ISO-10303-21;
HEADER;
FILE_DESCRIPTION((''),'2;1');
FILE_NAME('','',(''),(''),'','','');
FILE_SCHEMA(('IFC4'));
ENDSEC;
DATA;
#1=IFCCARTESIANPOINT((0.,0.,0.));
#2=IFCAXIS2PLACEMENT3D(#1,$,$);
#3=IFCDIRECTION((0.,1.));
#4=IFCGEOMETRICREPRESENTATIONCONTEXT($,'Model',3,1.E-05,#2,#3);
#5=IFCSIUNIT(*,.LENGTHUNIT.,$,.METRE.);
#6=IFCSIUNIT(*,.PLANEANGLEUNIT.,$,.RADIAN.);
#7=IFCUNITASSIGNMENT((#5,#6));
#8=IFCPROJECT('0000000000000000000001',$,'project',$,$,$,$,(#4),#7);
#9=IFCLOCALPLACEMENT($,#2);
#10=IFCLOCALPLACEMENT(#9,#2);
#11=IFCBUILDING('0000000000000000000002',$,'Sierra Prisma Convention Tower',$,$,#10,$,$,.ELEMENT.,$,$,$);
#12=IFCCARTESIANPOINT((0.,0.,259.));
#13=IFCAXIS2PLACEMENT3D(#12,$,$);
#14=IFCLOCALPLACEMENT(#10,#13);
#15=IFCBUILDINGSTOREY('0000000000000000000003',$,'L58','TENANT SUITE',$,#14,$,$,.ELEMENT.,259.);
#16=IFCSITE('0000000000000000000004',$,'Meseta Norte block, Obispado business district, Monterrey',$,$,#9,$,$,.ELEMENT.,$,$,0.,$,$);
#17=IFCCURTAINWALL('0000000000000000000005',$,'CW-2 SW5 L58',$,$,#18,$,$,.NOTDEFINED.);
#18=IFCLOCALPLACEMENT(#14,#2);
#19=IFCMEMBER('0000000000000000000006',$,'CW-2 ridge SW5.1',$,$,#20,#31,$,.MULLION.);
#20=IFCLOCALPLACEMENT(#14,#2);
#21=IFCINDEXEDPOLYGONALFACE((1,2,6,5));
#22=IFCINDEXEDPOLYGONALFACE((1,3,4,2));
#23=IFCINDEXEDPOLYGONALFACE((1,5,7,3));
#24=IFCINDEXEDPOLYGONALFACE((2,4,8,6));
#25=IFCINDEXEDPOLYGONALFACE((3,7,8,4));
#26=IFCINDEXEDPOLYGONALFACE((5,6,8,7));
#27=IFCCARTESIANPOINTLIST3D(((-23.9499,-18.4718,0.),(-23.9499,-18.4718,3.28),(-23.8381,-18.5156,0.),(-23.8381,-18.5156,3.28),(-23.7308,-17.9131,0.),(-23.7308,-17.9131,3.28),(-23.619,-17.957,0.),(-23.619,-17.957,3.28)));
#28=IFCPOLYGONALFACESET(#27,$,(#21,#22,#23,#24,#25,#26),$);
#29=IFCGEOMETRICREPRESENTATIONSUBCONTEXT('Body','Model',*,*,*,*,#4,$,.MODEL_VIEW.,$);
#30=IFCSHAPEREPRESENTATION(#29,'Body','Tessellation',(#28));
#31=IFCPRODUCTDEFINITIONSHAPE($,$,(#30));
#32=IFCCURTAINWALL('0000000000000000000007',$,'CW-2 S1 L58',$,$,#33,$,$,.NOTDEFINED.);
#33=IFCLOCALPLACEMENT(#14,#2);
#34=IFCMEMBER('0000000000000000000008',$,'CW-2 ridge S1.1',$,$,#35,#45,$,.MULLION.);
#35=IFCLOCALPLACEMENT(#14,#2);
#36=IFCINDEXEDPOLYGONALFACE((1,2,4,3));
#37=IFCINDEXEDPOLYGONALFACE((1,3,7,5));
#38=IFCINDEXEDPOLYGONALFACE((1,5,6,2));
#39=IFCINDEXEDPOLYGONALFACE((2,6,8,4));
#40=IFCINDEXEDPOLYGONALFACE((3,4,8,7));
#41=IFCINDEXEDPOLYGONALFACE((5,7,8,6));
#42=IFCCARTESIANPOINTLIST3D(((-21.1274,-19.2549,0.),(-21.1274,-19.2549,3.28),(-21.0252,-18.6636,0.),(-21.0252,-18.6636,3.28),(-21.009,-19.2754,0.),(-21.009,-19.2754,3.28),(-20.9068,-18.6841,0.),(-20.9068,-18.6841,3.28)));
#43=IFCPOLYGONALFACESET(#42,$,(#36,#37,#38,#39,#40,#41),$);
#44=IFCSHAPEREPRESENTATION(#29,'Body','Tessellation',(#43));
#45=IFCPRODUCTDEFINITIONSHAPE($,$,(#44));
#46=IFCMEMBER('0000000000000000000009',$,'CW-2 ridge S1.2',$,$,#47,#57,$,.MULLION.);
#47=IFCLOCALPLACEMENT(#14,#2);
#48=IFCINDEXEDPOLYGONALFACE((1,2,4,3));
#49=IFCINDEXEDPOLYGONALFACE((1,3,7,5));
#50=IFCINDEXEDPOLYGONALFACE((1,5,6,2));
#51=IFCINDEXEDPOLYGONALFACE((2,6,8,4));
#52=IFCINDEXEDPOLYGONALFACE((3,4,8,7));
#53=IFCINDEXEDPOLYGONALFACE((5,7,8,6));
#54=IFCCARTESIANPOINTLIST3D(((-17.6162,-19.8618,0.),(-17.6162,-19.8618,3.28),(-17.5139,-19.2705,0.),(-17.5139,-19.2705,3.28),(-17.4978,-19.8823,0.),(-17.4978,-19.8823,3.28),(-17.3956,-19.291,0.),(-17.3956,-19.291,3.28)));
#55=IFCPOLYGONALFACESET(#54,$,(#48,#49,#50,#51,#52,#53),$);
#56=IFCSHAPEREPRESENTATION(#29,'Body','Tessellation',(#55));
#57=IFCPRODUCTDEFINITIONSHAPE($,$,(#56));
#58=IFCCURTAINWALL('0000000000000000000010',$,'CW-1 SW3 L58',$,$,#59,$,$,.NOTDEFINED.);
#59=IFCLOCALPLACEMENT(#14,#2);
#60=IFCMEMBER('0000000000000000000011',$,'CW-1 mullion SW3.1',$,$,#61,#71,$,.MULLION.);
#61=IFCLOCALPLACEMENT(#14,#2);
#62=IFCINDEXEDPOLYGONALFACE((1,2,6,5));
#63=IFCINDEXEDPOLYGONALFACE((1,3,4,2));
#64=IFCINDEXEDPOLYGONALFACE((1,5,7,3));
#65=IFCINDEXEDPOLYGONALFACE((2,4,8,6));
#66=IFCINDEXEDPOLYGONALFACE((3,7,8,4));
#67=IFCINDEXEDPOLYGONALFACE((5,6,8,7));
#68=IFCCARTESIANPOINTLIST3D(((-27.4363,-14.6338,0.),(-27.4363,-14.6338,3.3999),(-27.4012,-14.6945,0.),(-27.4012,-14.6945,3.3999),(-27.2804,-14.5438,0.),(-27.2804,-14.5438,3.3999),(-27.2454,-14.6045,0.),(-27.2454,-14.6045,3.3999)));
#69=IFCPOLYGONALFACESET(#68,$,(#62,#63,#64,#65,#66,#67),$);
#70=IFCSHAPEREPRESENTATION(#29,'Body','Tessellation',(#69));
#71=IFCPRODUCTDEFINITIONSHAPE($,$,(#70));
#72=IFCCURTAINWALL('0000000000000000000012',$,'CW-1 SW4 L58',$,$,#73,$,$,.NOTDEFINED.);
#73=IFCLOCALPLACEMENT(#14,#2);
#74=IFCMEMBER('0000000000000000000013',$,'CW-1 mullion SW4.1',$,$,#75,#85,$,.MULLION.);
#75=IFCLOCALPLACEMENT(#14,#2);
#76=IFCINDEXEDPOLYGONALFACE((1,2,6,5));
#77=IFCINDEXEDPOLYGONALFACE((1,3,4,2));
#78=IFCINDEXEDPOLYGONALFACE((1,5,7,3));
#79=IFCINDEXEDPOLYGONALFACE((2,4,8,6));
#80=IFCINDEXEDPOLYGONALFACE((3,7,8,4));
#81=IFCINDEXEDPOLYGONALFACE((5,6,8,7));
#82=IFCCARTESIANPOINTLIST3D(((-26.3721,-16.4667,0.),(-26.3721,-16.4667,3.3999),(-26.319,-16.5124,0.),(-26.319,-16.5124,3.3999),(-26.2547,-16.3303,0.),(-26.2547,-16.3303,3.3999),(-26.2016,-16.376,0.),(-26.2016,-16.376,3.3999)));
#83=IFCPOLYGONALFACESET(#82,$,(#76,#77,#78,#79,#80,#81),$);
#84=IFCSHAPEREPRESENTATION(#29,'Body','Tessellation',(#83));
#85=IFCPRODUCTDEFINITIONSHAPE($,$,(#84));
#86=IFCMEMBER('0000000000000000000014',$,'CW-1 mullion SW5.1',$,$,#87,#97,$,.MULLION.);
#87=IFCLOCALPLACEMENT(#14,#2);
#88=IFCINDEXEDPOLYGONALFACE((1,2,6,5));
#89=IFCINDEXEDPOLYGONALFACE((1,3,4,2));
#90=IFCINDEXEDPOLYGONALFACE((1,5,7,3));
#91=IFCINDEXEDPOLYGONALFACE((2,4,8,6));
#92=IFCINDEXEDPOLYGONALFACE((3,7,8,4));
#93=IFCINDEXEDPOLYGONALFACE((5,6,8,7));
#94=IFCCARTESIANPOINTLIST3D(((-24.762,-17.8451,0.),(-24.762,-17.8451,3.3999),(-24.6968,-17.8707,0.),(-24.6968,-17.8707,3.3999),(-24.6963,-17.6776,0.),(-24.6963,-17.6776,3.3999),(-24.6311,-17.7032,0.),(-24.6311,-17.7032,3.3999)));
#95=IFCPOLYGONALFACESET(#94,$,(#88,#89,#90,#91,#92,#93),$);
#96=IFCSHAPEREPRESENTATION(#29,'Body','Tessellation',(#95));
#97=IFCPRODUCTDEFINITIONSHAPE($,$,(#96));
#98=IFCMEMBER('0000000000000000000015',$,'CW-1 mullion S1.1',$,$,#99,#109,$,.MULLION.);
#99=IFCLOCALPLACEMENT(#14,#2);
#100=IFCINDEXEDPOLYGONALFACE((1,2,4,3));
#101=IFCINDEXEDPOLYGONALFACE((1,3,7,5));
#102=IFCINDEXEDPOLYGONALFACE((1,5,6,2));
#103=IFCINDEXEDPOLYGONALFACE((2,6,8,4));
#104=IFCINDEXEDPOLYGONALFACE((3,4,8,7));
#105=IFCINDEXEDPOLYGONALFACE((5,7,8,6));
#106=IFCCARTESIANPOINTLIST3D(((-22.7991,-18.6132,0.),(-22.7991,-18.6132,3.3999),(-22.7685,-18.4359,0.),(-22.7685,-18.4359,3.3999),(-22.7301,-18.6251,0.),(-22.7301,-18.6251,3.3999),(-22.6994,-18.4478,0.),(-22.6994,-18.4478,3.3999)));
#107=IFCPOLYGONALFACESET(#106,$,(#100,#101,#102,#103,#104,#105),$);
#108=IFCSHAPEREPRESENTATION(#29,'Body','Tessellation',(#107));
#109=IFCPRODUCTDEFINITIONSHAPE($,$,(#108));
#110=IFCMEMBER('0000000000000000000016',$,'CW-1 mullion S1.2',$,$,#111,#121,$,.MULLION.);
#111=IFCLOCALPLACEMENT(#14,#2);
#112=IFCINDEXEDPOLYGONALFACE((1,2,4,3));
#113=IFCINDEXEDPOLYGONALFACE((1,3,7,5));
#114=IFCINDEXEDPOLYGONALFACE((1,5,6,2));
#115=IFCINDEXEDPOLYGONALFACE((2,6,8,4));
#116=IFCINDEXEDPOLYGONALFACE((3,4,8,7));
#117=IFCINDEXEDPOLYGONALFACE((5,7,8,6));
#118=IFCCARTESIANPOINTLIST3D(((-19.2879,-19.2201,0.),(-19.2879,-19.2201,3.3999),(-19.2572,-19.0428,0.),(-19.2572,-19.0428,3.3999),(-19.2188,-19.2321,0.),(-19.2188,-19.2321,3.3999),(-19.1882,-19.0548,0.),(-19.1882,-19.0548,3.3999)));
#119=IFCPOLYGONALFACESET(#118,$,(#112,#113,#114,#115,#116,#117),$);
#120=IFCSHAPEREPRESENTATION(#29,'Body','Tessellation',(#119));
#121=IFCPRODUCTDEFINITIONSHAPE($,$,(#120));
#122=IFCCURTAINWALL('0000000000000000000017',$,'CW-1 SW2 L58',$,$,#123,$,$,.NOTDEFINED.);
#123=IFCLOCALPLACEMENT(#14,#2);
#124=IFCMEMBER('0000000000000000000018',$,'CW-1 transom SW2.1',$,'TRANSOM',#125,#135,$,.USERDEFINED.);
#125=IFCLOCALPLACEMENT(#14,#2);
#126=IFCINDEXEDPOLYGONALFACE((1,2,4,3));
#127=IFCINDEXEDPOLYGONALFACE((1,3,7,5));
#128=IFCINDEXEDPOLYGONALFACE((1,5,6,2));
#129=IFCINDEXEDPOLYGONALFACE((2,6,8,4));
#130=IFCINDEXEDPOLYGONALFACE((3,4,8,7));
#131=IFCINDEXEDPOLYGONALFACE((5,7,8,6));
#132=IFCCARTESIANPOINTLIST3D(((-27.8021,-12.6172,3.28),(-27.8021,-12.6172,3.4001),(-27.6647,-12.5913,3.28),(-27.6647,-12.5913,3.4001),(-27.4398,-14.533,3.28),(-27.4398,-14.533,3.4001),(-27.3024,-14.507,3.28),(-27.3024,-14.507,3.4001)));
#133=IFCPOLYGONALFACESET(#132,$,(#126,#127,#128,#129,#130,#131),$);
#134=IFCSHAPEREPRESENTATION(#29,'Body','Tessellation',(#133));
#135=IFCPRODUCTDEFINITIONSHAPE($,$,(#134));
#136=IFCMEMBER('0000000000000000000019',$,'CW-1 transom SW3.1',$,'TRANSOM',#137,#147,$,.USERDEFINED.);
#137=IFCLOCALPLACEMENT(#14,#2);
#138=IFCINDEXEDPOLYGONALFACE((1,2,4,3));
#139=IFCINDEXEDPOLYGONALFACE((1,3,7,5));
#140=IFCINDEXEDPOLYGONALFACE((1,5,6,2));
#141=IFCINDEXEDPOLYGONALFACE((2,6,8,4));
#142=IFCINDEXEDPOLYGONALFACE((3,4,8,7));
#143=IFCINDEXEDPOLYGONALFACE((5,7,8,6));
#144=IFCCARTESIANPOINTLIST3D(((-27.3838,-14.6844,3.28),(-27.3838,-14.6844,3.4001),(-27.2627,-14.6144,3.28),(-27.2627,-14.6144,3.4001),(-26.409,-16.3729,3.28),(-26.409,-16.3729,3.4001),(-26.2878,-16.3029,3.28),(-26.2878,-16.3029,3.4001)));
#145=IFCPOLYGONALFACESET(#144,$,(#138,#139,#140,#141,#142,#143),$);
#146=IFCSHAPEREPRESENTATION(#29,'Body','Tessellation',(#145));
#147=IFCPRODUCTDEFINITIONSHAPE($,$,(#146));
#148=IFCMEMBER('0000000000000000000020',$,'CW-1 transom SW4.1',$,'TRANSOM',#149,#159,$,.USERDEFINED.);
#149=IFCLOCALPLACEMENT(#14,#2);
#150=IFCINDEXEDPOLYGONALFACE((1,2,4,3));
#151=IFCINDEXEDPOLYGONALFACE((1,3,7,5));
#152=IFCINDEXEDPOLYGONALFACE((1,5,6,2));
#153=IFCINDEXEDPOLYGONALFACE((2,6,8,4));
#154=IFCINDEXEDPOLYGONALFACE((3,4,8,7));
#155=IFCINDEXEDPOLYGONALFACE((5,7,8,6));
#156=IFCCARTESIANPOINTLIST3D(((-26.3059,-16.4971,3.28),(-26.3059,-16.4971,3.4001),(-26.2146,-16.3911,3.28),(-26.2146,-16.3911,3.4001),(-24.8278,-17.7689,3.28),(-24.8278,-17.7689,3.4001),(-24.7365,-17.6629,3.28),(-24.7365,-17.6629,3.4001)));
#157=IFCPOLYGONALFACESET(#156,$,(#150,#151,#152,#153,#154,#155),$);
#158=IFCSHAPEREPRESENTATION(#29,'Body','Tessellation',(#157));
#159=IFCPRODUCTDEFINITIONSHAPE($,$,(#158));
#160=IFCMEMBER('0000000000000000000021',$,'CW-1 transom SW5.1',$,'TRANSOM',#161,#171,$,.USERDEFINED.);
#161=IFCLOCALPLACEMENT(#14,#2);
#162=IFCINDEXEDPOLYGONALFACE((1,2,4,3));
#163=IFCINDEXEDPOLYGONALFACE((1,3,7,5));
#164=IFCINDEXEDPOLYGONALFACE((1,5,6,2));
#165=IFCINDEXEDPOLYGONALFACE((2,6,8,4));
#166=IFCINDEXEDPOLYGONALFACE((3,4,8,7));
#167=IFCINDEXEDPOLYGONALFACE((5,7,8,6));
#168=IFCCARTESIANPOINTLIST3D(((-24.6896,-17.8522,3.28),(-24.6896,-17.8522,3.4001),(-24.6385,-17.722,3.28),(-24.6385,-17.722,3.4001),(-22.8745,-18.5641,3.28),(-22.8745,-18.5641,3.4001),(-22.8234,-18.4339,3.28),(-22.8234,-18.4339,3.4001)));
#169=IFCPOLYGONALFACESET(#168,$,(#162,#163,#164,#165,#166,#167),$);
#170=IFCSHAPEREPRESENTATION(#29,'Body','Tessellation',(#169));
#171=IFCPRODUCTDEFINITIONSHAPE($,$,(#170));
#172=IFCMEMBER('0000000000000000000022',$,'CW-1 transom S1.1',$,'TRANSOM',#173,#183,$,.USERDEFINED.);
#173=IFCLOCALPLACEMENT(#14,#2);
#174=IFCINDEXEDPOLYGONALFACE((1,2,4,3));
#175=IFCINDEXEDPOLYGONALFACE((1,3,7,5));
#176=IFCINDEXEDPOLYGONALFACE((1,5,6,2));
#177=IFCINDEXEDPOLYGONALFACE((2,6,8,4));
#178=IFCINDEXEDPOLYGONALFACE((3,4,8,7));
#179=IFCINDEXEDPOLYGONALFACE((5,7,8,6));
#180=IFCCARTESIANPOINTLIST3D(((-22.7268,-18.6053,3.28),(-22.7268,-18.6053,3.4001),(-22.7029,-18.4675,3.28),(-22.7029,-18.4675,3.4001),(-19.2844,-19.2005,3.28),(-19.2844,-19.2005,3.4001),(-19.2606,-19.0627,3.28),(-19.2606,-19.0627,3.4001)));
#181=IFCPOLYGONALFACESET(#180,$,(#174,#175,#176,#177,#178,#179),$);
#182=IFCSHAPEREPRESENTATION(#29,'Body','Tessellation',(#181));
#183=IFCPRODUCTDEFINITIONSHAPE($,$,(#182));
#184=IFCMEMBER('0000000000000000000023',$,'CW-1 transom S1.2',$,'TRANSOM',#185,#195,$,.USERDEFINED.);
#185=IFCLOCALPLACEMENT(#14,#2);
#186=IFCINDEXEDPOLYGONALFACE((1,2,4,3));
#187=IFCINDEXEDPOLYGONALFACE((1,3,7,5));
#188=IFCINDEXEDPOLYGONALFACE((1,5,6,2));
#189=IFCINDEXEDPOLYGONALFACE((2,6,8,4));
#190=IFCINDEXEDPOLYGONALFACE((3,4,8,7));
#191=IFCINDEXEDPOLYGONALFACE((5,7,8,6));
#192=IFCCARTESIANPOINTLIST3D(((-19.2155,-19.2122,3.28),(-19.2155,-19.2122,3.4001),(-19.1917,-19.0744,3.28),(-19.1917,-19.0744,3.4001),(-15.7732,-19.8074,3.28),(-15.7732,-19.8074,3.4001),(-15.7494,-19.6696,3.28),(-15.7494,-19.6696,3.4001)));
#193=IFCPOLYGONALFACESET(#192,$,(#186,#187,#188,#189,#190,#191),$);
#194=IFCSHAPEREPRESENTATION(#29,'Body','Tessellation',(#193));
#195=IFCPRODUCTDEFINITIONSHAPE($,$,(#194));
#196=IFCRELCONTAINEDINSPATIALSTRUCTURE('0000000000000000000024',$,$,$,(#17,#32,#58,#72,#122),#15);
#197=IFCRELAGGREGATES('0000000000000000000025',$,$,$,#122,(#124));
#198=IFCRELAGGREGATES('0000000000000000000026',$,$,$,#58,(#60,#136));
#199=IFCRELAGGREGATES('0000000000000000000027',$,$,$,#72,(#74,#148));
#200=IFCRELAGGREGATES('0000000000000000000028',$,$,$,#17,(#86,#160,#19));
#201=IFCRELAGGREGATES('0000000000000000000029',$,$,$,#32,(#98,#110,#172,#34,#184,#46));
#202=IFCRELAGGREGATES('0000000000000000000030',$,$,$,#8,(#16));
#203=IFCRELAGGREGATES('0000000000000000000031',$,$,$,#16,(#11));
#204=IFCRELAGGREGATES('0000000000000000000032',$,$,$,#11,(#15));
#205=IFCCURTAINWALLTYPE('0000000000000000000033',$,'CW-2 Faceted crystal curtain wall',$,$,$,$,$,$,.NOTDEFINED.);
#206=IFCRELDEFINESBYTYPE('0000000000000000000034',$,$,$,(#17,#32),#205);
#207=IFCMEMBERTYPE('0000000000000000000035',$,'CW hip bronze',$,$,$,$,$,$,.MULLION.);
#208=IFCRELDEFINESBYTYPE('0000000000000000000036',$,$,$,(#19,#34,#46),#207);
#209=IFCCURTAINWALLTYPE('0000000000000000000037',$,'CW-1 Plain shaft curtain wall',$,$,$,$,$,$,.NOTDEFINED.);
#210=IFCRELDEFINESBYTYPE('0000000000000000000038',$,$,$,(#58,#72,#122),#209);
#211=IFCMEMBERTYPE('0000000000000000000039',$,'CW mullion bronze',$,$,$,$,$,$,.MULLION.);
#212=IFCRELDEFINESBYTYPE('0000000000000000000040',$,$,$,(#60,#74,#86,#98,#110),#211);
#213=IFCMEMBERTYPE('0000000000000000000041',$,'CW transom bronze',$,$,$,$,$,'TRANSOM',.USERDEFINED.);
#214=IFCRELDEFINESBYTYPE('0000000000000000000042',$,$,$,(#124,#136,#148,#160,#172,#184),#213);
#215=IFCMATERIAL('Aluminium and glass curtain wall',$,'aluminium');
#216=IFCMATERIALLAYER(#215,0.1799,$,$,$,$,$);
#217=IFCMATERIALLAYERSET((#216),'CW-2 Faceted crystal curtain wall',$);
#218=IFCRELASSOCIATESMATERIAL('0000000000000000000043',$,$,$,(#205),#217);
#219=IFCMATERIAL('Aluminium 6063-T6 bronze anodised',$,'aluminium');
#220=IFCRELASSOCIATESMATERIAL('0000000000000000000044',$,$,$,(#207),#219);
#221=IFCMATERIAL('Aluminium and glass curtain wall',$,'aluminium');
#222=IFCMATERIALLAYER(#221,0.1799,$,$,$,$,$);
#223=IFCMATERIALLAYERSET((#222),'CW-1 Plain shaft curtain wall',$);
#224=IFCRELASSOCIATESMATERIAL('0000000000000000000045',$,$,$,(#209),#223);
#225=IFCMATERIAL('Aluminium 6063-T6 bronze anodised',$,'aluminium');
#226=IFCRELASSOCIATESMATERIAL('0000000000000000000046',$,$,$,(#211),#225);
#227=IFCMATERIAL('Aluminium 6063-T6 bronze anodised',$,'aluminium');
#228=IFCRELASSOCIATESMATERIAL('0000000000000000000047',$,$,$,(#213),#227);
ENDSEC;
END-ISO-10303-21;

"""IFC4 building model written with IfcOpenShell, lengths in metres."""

from ifc_helpers import new_model, si_unit, direction, frame, origin, origin_2d, place, context, subcontext, project, spatial, rectangle, extrude, material, layer, layer_set, material_profile, profile_set, type_object, element, aggregate, save


model = new_model("IFC4")

# Units and contexts
model_context = context("Model", 3, precision=1e-05, world=origin(), true_north=direction((0.0, 1.0)))
body_context = subcontext(model_context, "Body", "Model", "MODEL_VIEW")
ifc_project = project(units=[si_unit("LENGTHUNIT", "METRE"), si_unit("PLANEANGLEUNIT", "RADIAN")], contexts=[model_context])

# Site, building, storey
site_placement = place(None, origin())
site = spatial("IfcSite", under=ifc_project, at=site_placement, Name="Meseta Norte block, Obispado business district, Monterrey", CompositionType="ELEMENT", RefElevation=0.0)
building_placement = place(site_placement, origin())
building = spatial("IfcBuilding", under=site, at=building_placement, Name="Sierra Prisma Convention Tower", CompositionType="ELEMENT")
storey_placement = place(building_placement, frame((0.0, 0.0, 259.0)))
storey = spatial("IfcBuildingStorey", under=building, at=storey_placement, Name="L58", Description="TENANT SUITE", CompositionType="ELEMENT", Elevation=259.0)

# Curtain wall, member
ifc_material_1 = material(Name="Aluminium and glass curtain wall", Category="aluminium")
ifc_layer_1 = layer(ifc_material_1, 0.1799)
ifc_layer_set_1 = layer_set([ifc_layer_1], Name="CW-2 Faceted crystal curtain wall")
curtain_wall_type_1 = type_object("IfcCurtainWallType", Name="CW-2 Faceted crystal curtain wall", PredefinedType="NOTDEFINED", material=ifc_layer_set_1)
curtain_wall_1_placement = place(storey_placement, origin())
curtain_wall_1 = element("IfcCurtainWall", 1, at=curtain_wall_1_placement, inside=storey, type_object=curtain_wall_type_1, Name="CW-2 SW5 L58", PredefinedType="NOTDEFINED")
ifc_material_2 = material(Name="Aluminium 6063-T6 bronze anodised", Category="aluminium")
ifc_material_profile_1 = material_profile(ifc_material_2, rectangle(XDim=0.1201, YDim=0.6001, at=origin_2d()), Name="ALU RIDGE BLADE 120x600")
ifc_profile_set_1 = profile_set([ifc_material_profile_1], Name="Aluminium 6063-T6 bronze anodised")
member_type_1 = type_object("IfcMemberType", Name="CW hip bronze", PredefinedType="MULLION", material=ifc_profile_set_1)
member_1_placement = place(storey_placement, frame((-23.7844, -18.2144, 0.0), z_axis=(0.0, 0.0, 1.0), x_axis=(0.930955, -0.365133, 0.0)))
member_1 = element("IfcMember", 2, at=member_1_placement, type_object=member_type_1, Name="CW-2 ridge SW5.1", PredefinedType="MULLION", context=body_context, shape_type="SweptSolid", body=[
    extrude(rectangle(XDim=0.1201, YDim=0.6001, at=origin_2d()), origin(), (0.0, 0.0, 1.0), 3.28),
])

# Curtain wall, members
curtain_wall_2_placement = place(storey_placement, origin())
curtain_wall_2 = element("IfcCurtainWall", 3, at=curtain_wall_2_placement, inside=storey, type_object=curtain_wall_type_1, Name="CW-2 S1 L58", PredefinedType="NOTDEFINED")
member_2_placement = place(storey_placement, frame((-21.0171, -18.9695, 0.0), z_axis=(0.0, 0.0, 1.0), x_axis=(0.985384, -0.170348, 0.0)))
member_2 = element("IfcMember", 4, at=member_2_placement, type_object=member_type_1, Name="CW-2 ridge S1.1", PredefinedType="MULLION", context=body_context, shape_type="SweptSolid", body=[
    extrude(rectangle(XDim=0.1201, YDim=0.6001, at=origin_2d()), origin(), (0.0, 0.0, 1.0), 3.28),
])
member_3_placement = place(storey_placement, frame((-17.5059, -19.5764, 0.0), z_axis=(0.0, 0.0, 1.0), x_axis=(0.985384, -0.170348, 0.0)))
member_3 = element("IfcMember", 5, at=member_3_placement, type_object=member_type_1, Name="CW-2 ridge S1.2", PredefinedType="MULLION", context=body_context, shape_type="SweptSolid", body=[
    extrude(rectangle(XDim=0.1201, YDim=0.6001, at=origin_2d()), origin(), (0.0, 0.0, 1.0), 3.28),
])

# Curtain walls, members
ifc_material_3 = material(Name="Aluminium and glass curtain wall", Category="aluminium")
ifc_layer_2 = layer(ifc_material_3, 0.1799)
ifc_layer_set_2 = layer_set([ifc_layer_2], Name="CW-1 Plain shaft curtain wall")
curtain_wall_type_2 = type_object("IfcCurtainWallType", Name="CW-1 Plain shaft curtain wall", PredefinedType="NOTDEFINED", material=ifc_layer_set_2)
curtain_wall_3_placement = place(storey_placement, origin())
curtain_wall_3 = element("IfcCurtainWall", 6, at=curtain_wall_3_placement, inside=storey, type_object=curtain_wall_type_2, Name="CW-1 SW3 L58", PredefinedType="NOTDEFINED")
ifc_material_4 = material(Name="Aluminium 6063-T6 bronze anodised", Category="aluminium")
ifc_material_profile_2 = material_profile(ifc_material_4, rectangle(XDim=0.1799, YDim=0.0701, at=origin_2d()), Name="ALU MULLION 70x180")
ifc_profile_set_2 = profile_set([ifc_material_profile_2], Name="Aluminium 6063-T6 bronze anodised")
member_type_2 = type_object("IfcMemberType", Name="CW mullion bronze", PredefinedType="MULLION", material=ifc_profile_set_2)
member_4_placement = place(storey_placement, frame((-27.3408, -14.6191, 0.0), z_axis=(0.0, 0.0, 1.0), x_axis=(0.866025, 0.5, 0.0)))
member_4 = element("IfcMember", 7, at=member_4_placement, type_object=member_type_2, Name="CW-1 mullion SW3.1", PredefinedType="MULLION", context=body_context, shape_type="SweptSolid", body=[
    extrude(rectangle(XDim=0.1799, YDim=0.0701, at=origin_2d()), origin(), (0.0, 0.0, 1.0), 3.3999),
])
curtain_wall_4_placement = place(storey_placement, origin())
curtain_wall_4 = element("IfcCurtainWall", 8, at=curtain_wall_4_placement, inside=storey, type_object=curtain_wall_type_2, Name="CW-1 SW4 L58", PredefinedType="NOTDEFINED")
member_5_placement = place(storey_placement, frame((-26.2869, -16.4214, 0.0), z_axis=(0.0, 0.0, 1.0), x_axis=(0.652203, 0.758045, 0.0)))
member_5 = element("IfcMember", 9, at=member_5_placement, type_object=member_type_2, Name="CW-1 mullion SW4.1", PredefinedType="MULLION", context=body_context, shape_type="SweptSolid", body=[
    extrude(rectangle(XDim=0.1799, YDim=0.0701, at=origin_2d()), origin(), (0.0, 0.0, 1.0), 3.3999),
])

# Members
member_6_placement = place(storey_placement, frame((-24.6965, -17.7742, 0.0), z_axis=(0.0, 0.0, 1.0), x_axis=(0.365133, 0.930955, 0.0)))
member_6 = element("IfcMember", 10, at=member_6_placement, type_object=member_type_2, Name="CW-1 mullion SW5.1", PredefinedType="MULLION", context=body_context, shape_type="SweptSolid", body=[
    extrude(rectangle(XDim=0.1799, YDim=0.0701, at=origin_2d()), origin(), (0.0, 0.0, 1.0), 3.3999),
])
member_7_placement = place(storey_placement, frame((-22.7493, -18.5305, 0.0), z_axis=(0.0, 0.0, 1.0), x_axis=(0.170348, 0.985384, 0.0)))
member_7 = element("IfcMember", 11, at=member_7_placement, type_object=member_type_2, Name="CW-1 mullion S1.1", PredefinedType="MULLION", context=body_context, shape_type="SweptSolid", body=[
    extrude(rectangle(XDim=0.1799, YDim=0.0701, at=origin_2d()), origin(), (0.0, 0.0, 1.0), 3.3999),
])
member_8_placement = place(storey_placement, frame((-19.238, -19.1375, 0.0), z_axis=(0.0, 0.0, 1.0), x_axis=(0.170348, 0.985384, 0.0)))
member_8 = element("IfcMember", 12, at=member_8_placement, type_object=member_type_2, Name="CW-1 mullion S1.2", PredefinedType="MULLION", context=body_context, shape_type="SweptSolid", body=[
    extrude(rectangle(XDim=0.1799, YDim=0.0701, at=origin_2d()), origin(), (0.0, 0.0, 1.0), 3.3999),
])

# Curtain wall, member
curtain_wall_5_placement = place(storey_placement, origin())
curtain_wall_5 = element("IfcCurtainWall", 13, at=curtain_wall_5_placement, inside=storey, type_object=curtain_wall_type_2, Name="CW-1 SW2 L58", PredefinedType="NOTDEFINED")
ifc_material_5 = material(Name="Aluminium 6063-T6 bronze anodised", Category="aluminium")
ifc_material_profile_3 = material_profile(ifc_material_5, rectangle(XDim=0.1399, YDim=0.1201, at=origin_2d()), Name="ALU TRANSOM 120x140")
ifc_profile_set_3 = profile_set([ifc_material_profile_3], Name="Aluminium 6063-T6 bronze anodised")
member_type_3 = type_object("IfcMemberType", Name="CW transom bronze", ElementType="TRANSOM", PredefinedType="USERDEFINED", material=ifc_profile_set_3)
member_9_placement = place(storey_placement, frame((-27.7334, -12.6042, 3.3401), z_axis=(0.185823, -0.982583, 0.0), x_axis=(0.982583, 0.185823, 0.0)))
member_9 = element("IfcMember", 14, at=member_9_placement, type_object=member_type_3, Name="CW-1 transom SW2.1", ObjectType="TRANSOM", PredefinedType="USERDEFINED", context=body_context, shape_type="SweptSolid", body=[
    extrude(rectangle(XDim=0.1399, YDim=0.1201, at=origin_2d()), origin(), (0.0, 0.0, 1.0), 1.9497),
])

# Members
member_10_placement = place(storey_placement, frame((-27.3232, -14.6494, 3.3401), z_axis=(0.500004, -0.866023, 0.0), x_axis=(0.866023, 0.500004, 0.0)))
member_10 = element("IfcMember", 15, at=member_10_placement, type_object=member_type_3, Name="CW-1 transom SW3.1", ObjectType="TRANSOM", PredefinedType="USERDEFINED", context=body_context, shape_type="SweptSolid", body=[
    extrude(rectangle(XDim=0.1399, YDim=0.1201, at=origin_2d()), origin(), (0.0, 0.0, 1.0), 1.9497),
])
member_11_placement = place(storey_placement, frame((-26.2603, -16.4441, 3.3401), z_axis=(0.758027, -0.652224, 0.0), x_axis=(0.652224, 0.758027, 0.0)))
member_11 = element("IfcMember", 16, at=member_11_placement, type_object=member_type_3, Name="CW-1 transom SW4.1", ObjectType="TRANSOM", PredefinedType="USERDEFINED", context=body_context, shape_type="SweptSolid", body=[
    extrude(rectangle(XDim=0.1399, YDim=0.1201, at=origin_2d()), origin(), (0.0, 0.0, 1.0), 1.95),
])
member_12_placement = place(storey_placement, frame((-24.6641, -17.7871, 3.3401), z_axis=(0.93096, -0.365122, 0.0), x_axis=(0.365122, 0.93096, 0.0)))
member_12 = element("IfcMember", 17, at=member_12_placement, type_object=member_type_3, Name="CW-1 transom SW5.1", ObjectType="TRANSOM", PredefinedType="USERDEFINED", context=body_context, shape_type="SweptSolid", body=[
    extrude(rectangle(XDim=0.1399, YDim=0.1201, at=origin_2d()), origin(), (0.0, 0.0, 1.0), 1.9497),
])
member_13_placement = place(storey_placement, frame((-22.7148, -18.5364, 3.3401), z_axis=(0.985378, -0.17038, 0.0), x_axis=(0.17038, 0.985378, 0.0)))
member_13 = element("IfcMember", 18, at=member_13_placement, type_object=member_type_3, Name="CW-1 transom S1.1", ObjectType="TRANSOM", PredefinedType="USERDEFINED", context=body_context, shape_type="SweptSolid", body=[
    extrude(rectangle(XDim=0.1399, YDim=0.1201, at=origin_2d()), origin(), (0.0, 0.0, 1.0), 3.4934),
])
member_14_placement = place(storey_placement, frame((-19.2036, -19.1433, 3.3401), z_axis=(0.985378, -0.17038, 0.0), x_axis=(0.17038, 0.985378, 0.0)))
member_14 = element("IfcMember", 19, at=member_14_placement, type_object=member_type_3, Name="CW-1 transom S1.2", ObjectType="TRANSOM", PredefinedType="USERDEFINED", context=body_context, shape_type="SweptSolid", body=[
    extrude(rectangle(XDim=0.1399, YDim=0.1201, at=origin_2d()), origin(), (0.0, 0.0, 1.0), 3.4934),
])

aggregate(curtain_wall_5, [member_9])
aggregate(curtain_wall_3, [member_4, member_10])
aggregate(curtain_wall_4, [member_5, member_11])
aggregate(curtain_wall_1, [member_6, member_12, member_1])
aggregate(curtain_wall_2, [member_7, member_8, member_13, member_2, member_14, member_3])

save(model, "model.ifc")
